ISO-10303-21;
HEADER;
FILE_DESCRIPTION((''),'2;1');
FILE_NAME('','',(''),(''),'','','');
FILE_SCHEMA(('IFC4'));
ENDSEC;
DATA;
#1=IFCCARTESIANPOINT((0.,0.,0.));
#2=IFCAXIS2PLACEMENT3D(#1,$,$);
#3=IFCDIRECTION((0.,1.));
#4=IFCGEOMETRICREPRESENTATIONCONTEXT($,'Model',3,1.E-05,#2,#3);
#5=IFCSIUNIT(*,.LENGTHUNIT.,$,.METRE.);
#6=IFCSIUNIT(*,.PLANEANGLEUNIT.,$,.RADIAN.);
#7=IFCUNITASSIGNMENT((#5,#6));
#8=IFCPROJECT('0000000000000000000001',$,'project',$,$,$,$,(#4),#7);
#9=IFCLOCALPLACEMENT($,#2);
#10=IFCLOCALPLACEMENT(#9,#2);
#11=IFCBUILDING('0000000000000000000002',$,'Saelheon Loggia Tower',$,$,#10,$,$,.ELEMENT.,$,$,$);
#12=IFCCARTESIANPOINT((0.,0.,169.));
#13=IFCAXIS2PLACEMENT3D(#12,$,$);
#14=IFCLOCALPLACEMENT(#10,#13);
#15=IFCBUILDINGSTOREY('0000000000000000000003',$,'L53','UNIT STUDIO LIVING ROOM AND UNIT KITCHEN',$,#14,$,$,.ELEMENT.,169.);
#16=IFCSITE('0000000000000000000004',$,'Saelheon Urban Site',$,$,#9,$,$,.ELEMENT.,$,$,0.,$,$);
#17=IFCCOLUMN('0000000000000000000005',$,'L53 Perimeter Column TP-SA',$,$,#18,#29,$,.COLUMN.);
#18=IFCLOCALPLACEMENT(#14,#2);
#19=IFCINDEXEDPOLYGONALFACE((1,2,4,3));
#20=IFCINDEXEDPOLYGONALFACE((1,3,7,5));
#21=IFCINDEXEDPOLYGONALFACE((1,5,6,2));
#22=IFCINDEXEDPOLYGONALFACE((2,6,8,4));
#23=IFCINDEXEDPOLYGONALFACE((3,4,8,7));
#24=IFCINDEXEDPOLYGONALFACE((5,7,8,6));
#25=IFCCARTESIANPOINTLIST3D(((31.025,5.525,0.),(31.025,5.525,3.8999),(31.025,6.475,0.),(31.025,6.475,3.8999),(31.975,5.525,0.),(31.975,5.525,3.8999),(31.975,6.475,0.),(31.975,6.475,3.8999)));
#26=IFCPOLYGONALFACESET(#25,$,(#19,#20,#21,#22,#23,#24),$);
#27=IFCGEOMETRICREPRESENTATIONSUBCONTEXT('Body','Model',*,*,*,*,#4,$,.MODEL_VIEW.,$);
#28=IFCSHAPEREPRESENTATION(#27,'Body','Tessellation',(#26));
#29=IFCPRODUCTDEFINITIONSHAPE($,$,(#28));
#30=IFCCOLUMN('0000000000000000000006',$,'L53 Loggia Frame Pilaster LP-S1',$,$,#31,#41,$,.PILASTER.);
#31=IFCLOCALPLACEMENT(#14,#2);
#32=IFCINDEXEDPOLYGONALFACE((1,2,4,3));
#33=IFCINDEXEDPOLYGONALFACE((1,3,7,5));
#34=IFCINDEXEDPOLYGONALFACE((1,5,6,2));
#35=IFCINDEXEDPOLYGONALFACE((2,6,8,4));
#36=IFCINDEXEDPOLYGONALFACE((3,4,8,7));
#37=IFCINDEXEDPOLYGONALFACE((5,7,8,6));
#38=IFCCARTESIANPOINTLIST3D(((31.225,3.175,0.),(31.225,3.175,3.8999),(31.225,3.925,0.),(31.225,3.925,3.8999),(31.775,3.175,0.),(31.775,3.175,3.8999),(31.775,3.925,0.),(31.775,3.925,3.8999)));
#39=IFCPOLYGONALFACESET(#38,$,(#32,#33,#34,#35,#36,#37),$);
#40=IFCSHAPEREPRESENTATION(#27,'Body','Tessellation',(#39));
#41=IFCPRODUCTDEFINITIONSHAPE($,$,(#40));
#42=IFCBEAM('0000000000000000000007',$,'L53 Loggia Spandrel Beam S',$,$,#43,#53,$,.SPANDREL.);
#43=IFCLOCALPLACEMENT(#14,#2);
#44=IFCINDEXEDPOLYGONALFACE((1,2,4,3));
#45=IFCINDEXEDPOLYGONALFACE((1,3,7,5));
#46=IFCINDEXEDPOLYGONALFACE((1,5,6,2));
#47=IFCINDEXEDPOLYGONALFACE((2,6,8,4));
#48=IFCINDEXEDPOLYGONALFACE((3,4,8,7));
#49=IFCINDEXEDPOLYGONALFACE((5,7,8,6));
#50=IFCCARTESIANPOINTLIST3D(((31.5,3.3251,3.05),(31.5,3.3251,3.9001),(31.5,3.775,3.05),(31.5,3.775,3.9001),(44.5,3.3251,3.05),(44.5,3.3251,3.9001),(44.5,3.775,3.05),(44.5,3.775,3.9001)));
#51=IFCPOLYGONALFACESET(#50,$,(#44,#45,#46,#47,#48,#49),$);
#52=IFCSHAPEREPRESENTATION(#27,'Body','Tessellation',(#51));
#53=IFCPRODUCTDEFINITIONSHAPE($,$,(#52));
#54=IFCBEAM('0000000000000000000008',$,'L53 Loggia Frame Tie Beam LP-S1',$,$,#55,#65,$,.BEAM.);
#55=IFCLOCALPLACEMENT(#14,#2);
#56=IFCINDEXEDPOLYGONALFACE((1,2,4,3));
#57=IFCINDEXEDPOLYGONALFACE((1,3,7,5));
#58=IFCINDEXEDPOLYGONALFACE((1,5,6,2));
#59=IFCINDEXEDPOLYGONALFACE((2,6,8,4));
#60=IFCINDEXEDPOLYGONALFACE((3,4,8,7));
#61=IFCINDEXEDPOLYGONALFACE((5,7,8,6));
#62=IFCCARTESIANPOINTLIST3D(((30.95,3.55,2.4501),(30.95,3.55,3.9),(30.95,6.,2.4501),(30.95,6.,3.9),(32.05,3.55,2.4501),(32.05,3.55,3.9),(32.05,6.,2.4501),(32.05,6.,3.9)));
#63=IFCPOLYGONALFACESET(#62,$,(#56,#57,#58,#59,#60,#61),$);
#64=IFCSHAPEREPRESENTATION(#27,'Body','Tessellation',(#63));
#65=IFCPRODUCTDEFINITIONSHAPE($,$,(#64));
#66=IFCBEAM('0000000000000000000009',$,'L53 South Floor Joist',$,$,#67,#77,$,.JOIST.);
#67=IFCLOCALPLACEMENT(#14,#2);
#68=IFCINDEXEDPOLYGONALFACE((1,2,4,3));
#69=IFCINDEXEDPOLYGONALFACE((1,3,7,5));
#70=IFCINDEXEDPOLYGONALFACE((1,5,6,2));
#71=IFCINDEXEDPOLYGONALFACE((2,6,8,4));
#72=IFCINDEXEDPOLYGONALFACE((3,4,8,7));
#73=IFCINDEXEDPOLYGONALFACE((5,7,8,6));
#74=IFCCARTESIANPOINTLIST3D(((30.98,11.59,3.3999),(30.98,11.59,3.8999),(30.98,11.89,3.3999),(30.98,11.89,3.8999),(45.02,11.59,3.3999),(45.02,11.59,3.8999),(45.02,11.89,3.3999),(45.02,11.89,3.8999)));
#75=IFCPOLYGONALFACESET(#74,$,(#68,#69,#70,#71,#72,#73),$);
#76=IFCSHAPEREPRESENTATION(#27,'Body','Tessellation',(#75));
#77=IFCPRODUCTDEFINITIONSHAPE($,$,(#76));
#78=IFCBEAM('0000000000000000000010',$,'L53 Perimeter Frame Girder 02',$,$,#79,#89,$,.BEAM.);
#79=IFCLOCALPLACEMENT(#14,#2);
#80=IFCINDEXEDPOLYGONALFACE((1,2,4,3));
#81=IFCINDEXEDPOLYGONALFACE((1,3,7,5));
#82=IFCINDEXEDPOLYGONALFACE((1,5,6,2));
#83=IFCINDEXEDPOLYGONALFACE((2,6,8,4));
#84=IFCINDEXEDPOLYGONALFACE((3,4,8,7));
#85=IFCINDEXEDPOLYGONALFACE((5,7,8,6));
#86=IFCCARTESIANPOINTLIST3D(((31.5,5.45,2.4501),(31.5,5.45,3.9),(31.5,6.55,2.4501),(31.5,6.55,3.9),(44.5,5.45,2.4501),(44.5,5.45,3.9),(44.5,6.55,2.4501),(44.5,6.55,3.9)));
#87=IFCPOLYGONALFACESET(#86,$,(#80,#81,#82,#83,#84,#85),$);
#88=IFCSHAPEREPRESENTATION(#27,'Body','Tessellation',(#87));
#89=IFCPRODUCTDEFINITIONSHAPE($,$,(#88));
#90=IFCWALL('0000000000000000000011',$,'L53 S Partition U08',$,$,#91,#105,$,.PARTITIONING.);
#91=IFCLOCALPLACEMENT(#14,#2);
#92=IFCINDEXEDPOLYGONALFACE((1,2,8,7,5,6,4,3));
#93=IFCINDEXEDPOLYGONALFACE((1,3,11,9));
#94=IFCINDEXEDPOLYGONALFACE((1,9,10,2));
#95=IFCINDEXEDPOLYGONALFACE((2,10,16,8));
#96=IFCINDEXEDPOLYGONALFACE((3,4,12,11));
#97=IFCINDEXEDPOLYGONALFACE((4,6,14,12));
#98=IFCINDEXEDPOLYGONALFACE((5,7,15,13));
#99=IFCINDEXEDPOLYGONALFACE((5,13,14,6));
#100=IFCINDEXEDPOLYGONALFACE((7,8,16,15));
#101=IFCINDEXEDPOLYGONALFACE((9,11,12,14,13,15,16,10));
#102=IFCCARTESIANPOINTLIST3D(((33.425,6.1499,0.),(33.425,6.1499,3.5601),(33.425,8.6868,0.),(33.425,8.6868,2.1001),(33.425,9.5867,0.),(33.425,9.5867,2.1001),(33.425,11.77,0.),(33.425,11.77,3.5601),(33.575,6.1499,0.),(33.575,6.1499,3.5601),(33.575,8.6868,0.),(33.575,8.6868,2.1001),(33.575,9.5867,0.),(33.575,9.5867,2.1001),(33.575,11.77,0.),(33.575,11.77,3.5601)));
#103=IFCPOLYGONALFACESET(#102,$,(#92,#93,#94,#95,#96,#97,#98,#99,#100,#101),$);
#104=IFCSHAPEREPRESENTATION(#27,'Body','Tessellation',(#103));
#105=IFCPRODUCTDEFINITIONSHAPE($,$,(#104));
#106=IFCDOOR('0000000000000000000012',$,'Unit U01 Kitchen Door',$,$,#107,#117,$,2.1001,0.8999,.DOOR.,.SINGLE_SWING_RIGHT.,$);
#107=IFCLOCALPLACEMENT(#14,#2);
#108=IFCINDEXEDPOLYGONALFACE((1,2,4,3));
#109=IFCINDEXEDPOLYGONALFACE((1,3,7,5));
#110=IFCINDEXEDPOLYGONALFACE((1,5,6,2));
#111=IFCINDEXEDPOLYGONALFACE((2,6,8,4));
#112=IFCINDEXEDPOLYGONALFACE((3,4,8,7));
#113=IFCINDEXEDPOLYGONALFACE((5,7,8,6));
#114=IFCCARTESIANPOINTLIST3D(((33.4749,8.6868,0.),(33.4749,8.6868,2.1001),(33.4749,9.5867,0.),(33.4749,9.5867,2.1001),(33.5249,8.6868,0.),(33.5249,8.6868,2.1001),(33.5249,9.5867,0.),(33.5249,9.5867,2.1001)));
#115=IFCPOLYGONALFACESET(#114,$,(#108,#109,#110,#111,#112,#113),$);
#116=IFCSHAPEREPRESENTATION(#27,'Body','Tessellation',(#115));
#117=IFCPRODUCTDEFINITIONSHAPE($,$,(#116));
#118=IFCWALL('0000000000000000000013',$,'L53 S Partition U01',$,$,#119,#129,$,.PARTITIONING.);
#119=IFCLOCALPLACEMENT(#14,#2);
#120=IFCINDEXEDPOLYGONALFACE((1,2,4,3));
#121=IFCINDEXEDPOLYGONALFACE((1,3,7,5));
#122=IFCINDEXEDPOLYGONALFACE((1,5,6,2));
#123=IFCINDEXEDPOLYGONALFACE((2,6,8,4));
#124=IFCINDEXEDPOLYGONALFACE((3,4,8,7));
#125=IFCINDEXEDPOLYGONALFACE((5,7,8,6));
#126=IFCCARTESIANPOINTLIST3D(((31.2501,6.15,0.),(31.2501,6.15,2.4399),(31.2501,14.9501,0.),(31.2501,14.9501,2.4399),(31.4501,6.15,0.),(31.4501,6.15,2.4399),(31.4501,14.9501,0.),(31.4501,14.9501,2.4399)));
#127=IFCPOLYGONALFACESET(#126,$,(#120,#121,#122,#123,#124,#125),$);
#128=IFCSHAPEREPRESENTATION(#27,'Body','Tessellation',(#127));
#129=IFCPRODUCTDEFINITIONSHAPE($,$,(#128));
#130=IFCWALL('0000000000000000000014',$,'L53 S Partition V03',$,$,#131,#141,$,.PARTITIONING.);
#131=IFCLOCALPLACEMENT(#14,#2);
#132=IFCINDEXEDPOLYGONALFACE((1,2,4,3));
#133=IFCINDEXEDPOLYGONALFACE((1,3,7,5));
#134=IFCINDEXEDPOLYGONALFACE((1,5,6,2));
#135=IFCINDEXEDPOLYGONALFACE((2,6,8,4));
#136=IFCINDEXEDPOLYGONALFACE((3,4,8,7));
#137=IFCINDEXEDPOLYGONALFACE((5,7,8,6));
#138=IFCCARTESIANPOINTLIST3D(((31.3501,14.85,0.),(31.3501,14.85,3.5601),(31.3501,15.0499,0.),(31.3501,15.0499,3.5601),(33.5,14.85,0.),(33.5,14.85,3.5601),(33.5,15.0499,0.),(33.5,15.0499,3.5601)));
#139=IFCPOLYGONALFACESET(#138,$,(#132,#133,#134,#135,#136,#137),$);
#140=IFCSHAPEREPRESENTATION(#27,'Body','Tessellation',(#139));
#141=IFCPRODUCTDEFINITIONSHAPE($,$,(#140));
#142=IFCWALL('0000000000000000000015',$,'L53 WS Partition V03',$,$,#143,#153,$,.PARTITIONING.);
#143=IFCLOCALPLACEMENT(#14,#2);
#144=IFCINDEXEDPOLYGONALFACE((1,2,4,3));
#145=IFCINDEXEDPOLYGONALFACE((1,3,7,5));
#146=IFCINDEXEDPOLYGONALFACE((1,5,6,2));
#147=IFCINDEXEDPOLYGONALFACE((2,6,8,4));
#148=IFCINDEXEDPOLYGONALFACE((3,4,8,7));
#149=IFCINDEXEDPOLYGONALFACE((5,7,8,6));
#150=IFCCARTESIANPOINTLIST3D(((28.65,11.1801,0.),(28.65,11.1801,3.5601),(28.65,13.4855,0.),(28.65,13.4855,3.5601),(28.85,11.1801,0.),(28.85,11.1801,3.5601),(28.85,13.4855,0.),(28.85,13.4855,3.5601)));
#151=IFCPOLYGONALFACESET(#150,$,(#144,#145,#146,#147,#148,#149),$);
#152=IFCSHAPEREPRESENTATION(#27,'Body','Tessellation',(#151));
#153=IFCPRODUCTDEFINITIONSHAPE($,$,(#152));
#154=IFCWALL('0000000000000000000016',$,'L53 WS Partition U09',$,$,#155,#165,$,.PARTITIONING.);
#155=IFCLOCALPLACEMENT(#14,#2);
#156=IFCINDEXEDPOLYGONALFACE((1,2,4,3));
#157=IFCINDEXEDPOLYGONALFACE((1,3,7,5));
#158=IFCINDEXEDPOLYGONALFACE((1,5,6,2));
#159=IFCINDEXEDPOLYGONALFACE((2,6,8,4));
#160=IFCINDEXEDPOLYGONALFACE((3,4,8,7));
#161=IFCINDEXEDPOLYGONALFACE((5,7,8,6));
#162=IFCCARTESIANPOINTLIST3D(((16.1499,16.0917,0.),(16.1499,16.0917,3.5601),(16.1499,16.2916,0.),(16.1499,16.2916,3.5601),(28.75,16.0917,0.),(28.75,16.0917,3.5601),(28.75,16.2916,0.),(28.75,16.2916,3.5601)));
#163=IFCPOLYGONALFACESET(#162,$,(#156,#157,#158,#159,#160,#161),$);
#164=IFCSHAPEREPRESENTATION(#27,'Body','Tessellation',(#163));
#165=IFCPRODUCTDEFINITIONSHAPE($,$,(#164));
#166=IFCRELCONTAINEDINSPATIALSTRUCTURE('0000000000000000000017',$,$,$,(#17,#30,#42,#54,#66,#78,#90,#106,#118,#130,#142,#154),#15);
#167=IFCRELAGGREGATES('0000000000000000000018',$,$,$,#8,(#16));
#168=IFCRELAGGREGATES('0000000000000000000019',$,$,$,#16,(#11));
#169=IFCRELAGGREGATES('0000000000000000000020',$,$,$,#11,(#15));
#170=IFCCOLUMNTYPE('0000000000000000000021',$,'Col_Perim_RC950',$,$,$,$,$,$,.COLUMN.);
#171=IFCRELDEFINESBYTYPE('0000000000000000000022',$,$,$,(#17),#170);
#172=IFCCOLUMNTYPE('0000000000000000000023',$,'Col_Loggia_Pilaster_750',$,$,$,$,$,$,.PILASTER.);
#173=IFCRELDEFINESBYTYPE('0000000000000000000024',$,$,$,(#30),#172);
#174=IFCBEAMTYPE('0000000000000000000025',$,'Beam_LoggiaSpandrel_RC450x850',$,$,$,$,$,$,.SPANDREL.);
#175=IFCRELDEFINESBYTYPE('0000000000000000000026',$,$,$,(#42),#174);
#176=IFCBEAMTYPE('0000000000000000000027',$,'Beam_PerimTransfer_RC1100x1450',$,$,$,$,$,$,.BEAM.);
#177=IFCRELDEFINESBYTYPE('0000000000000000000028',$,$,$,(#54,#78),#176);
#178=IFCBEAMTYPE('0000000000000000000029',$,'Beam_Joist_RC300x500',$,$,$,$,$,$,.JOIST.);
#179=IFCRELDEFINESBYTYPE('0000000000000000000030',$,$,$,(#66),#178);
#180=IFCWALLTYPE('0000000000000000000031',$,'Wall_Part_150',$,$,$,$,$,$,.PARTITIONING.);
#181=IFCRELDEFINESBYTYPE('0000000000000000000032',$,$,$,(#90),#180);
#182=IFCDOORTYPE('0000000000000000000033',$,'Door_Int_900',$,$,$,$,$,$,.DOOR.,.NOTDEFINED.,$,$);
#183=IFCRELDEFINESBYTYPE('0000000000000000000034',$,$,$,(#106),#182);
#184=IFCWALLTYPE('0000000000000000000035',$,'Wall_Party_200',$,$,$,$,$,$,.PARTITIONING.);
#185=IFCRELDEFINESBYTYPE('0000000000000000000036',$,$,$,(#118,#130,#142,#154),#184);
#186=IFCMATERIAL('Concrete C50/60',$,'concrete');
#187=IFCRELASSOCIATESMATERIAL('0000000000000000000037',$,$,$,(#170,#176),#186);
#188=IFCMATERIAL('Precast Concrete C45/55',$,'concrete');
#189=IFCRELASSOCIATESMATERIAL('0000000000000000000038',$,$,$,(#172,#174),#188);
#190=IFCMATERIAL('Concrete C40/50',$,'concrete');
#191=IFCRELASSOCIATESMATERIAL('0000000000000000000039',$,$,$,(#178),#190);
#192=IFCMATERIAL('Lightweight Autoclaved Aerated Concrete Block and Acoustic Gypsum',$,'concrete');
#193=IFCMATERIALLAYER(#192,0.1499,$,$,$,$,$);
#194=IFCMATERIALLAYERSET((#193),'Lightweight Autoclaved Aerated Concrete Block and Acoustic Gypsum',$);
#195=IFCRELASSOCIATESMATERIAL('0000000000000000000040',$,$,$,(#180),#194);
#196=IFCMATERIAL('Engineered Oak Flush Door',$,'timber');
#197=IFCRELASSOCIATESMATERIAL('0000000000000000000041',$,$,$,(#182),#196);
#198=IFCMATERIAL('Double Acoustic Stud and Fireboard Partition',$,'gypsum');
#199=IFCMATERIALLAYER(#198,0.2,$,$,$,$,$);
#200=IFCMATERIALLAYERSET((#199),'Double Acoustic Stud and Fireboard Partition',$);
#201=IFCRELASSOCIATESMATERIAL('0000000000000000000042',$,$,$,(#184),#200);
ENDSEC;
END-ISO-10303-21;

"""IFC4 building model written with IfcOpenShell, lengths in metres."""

from ifc_helpers import new_model, si_unit, direction, frame, frame_2d, origin, origin_2d, place, context, subcontext, project, spatial, rectangle, extrude, source, transform, mapped, material, layer, layer_set, material_profile, profile_set, type_object, element, fill, save


model = new_model("IFC4")

# Units and contexts
model_context = context("Model", 3, precision=1e-05, world=origin(), true_north=direction((0.0, 1.0)))
body_context = subcontext(model_context, "Body", "Model", "MODEL_VIEW")
ifc_project = project(units=[si_unit("LENGTHUNIT", "METRE"), si_unit("PLANEANGLEUNIT", "RADIAN")], contexts=[model_context])

# Site, building, storey
site_placement = place(None, origin())
site = spatial("IfcSite", under=ifc_project, at=site_placement, Name="Saelheon Urban Site", CompositionType="ELEMENT", RefElevation=0.0)
building_placement = place(site_placement, origin())
building = spatial("IfcBuilding", under=site, at=building_placement, Name="Saelheon Loggia Tower", CompositionType="ELEMENT")
storey_placement = place(building_placement, frame((0.0, 0.0, 169.0)))
storey = spatial("IfcBuildingStorey", under=building, at=storey_placement, Name="L53", Description="UNIT STUDIO LIVING ROOM AND UNIT KITCHEN", CompositionType="ELEMENT", Elevation=169.0)

# Columns
ifc_material_1 = material(Name="Concrete C50/60", Category="concrete")
ifc_material_profile_1 = material_profile(ifc_material_1, rectangle(XDim=0.95, YDim=0.95, at=origin_2d()), Name="RC-950x950")
ifc_profile_set_1 = profile_set([ifc_material_profile_1], Name="Concrete C50/60")
column_type_1 = type_object("IfcColumnType", Name="Col_Perim_RC950", PredefinedType="COLUMN", material=ifc_profile_set_1)
shared_shape_1 = source(origin(), body_context, "Body", "SweptSolid", [
    extrude(rectangle(XDim=0.95, YDim=0.95, at=origin_2d()), origin(), (0.0, 0.0, 1.0), 3.8999),
])
column_1_placement = place(storey_placement, frame((31.5, 6.0, 0.0), z_axis=(0.0, 0.0, 1.0), x_axis=(1.0, 0.0, 0.0)))
element("IfcColumn", 1, at=column_1_placement, inside=storey, type_object=column_type_1, Name="L53 Perimeter Column TP-SA", PredefinedType="COLUMN", context=body_context, shape_type="MappedRepresentation", body=[
    mapped(shared_shape_1, transform((0.0, 0.0, 0.0), scale=1.0)),
])
ifc_material_2 = material(Name="Precast Concrete C45/55", Category="concrete")
ifc_material_profile_2 = material_profile(ifc_material_2, rectangle(XDim=0.55, YDim=0.75, at=origin_2d()), Name="RC-550x750")
ifc_profile_set_2 = profile_set([ifc_material_profile_2], Name="Precast Concrete C45/55")
column_type_2 = type_object("IfcColumnType", Name="Col_Loggia_Pilaster_750", PredefinedType="PILASTER", material=ifc_profile_set_2)
shared_shape_2 = source(origin(), body_context, "Body", "SweptSolid", [
    extrude(rectangle(XDim=0.55, YDim=0.75, at=origin_2d()), origin(), (0.0, 0.0, 1.0), 3.8999),
])
column_2_placement = place(storey_placement, frame((31.5, 3.55, 0.0), z_axis=(0.0, 0.0, 1.0), x_axis=(1.0, 0.0, 0.0)))
element("IfcColumn", 2, at=column_2_placement, inside=storey, type_object=column_type_2, Name="L53 Loggia Frame Pilaster LP-S1", PredefinedType="PILASTER", context=body_context, shape_type="MappedRepresentation", body=[
    mapped(shared_shape_2, transform((0.0, 0.0, 0.0), scale=1.0)),
])

# Beams
ifc_material_profile_3 = material_profile(ifc_material_2, rectangle(XDim=0.45, YDim=0.8501, at=origin_2d()), Name="RC-450x850")
ifc_profile_set_3 = profile_set([ifc_material_profile_3], Name="Precast Concrete C45/55")
beam_type_1 = type_object("IfcBeamType", Name="Beam_LoggiaSpandrel_RC450x850", PredefinedType="SPANDREL", material=ifc_profile_set_3)
shared_shape_3 = source(origin(), body_context, "Body", "SweptSolid", [
    extrude(rectangle(XDim=0.45, YDim=0.8501, at=origin_2d()), origin(), (0.0, 0.0, 1.0), 13.0),
])
beam_1_placement = place(storey_placement, frame((31.5, 3.55, 3.4751), z_axis=(1.0, 0.0, 0.0), x_axis=(0.0, 1.0, 0.0)))
element("IfcBeam", 3, at=beam_1_placement, inside=storey, type_object=beam_type_1, Name="L53 Loggia Spandrel Beam S", PredefinedType="SPANDREL", context=body_context, shape_type="MappedRepresentation", body=[
    mapped(shared_shape_3, transform((0.0, 0.0, 0.0), scale=1.0)),
])
ifc_material_profile_4 = material_profile(ifc_material_1, rectangle(XDim=1.1001, YDim=1.45, at=origin_2d()), Name="RC-1100x1450")
ifc_profile_set_4 = profile_set([ifc_material_profile_4], Name="Concrete C50/60")
beam_type_2 = type_object("IfcBeamType", Name="Beam_PerimTransfer_RC1100x1450", PredefinedType="BEAM", material=ifc_profile_set_4)
shared_shape_4 = source(origin(), body_context, "Body", "SweptSolid", [
    extrude(rectangle(XDim=1.1001, YDim=1.45, at=origin_2d()), origin(), (0.0, 0.0, 1.0), 2.45),
])
beam_2_placement = place(storey_placement, frame((31.5, 6.0, 3.175), z_axis=(0.0, -1.0, 0.0), x_axis=(1.0, 0.0, 0.0)))
element("IfcBeam", 4, at=beam_2_placement, inside=storey, type_object=beam_type_2, Name="L53 Loggia Frame Tie Beam LP-S1", PredefinedType="BEAM", context=body_context, shape_type="MappedRepresentation", body=[
    mapped(shared_shape_4, transform((0.0, 0.0, 0.0), scale=1.0)),
])
ifc_material_3 = material(Name="Concrete C40/50", Category="concrete")
ifc_material_profile_5 = material_profile(ifc_material_3, rectangle(XDim=0.3, YDim=0.5, at=origin_2d()), Name="RC-300x500")
ifc_profile_set_5 = profile_set([ifc_material_profile_5], Name="Concrete C40/50")
beam_type_3 = type_object("IfcBeamType", Name="Beam_Joist_RC300x500", PredefinedType="JOIST", material=ifc_profile_set_5)
shared_shape_5 = source(origin(), body_context, "Body", "SweptSolid", [
    extrude(rectangle(XDim=0.3, YDim=0.5, at=origin_2d()), origin(), (0.0, 0.0, 1.0), 14.04),
])
beam_3_placement = place(storey_placement, frame((30.98, 11.74, 3.6499), z_axis=(1.0, 0.0, 0.0), x_axis=(0.0, 1.0, 0.0)))
element("IfcBeam", 5, at=beam_3_placement, inside=storey, type_object=beam_type_3, Name="L53 South Floor Joist", PredefinedType="JOIST", context=body_context, shape_type="MappedRepresentation", body=[
    mapped(shared_shape_5, transform((0.0, 0.0, 0.0), scale=1.0)),
])
shared_shape_6 = source(origin(), body_context, "Body", "SweptSolid", [
    extrude(rectangle(XDim=1.1001, YDim=1.45, at=origin_2d()), origin(), (0.0, 0.0, 1.0), 13.0),
])
beam_4_placement = place(storey_placement, frame((31.5, 6.0, 3.175), z_axis=(1.0, 0.0, 0.0), x_axis=(0.0, 1.0, 0.0)))
element("IfcBeam", 6, at=beam_4_placement, inside=storey, type_object=beam_type_2, Name="L53 Perimeter Frame Girder 02", PredefinedType="BEAM", context=body_context, shape_type="MappedRepresentation", body=[
    mapped(shared_shape_6, transform((0.0, 0.0, 0.0), scale=1.0)),
])

# Wall, opening, door
ifc_material_4 = material(Name="Lightweight Autoclaved Aerated Concrete Block and Acoustic Gypsum", Category="concrete")
ifc_layer_1 = layer(ifc_material_4, 0.1499)
ifc_layer_set_1 = layer_set([ifc_layer_1], Name="Lightweight Autoclaved Aerated Concrete Block and Acoustic Gypsum")
wall_type_1 = type_object("IfcWallType", Name="Wall_Part_150", PredefinedType="PARTITIONING", material=ifc_layer_set_1)
wall_1_placement = place(storey_placement, frame((33.5, 11.77, 0.0), z_axis=(0.0, 0.0, 1.0), x_axis=(0.0, -1.0, 0.0)))
wall_1 = element("IfcWall", 7, at=wall_1_placement, inside=storey, type_object=wall_type_1, Name="L53 S Partition U08", PredefinedType="PARTITIONING", context=body_context, shape_type="SweptSolid", body=[
    extrude(rectangle(XDim=5.6201, YDim=0.1499, at=frame_2d((2.8101, 0.0))), origin(), (0.0, 0.0, 1.0), 3.5601),
])
opening_1_placement = place(wall_1_placement, frame((2.1833, 0.0, 0.0)))
opening_1 = element("IfcOpeningElement", 8, at=opening_1_placement, cuts=wall_1, PredefinedType="OPENING", context=body_context, shape_type="SweptSolid", body=[
    extrude(rectangle(XDim=0.8999, YDim=2.1001, at=frame_2d((0.45, 1.05))), frame((0.0, 0.0869, 0.0), z_axis=(0.0, -1.0, 0.0), x_axis=(1.0, 0.0, 0.0)), (0.0, 0.0, 1.0), 0.1738),
])
ifc_material_5 = material(Name="Engineered Oak Flush Door", Category="timber")
door_type_1 = type_object("IfcDoorType", Name="Door_Int_900", OperationType="NOTDEFINED", PredefinedType="DOOR", material=ifc_material_5)
shared_shape_7 = source(origin(), body_context, "Body", "SweptSolid", [
    extrude(rectangle(XDim=0.8999, YDim=2.1001, at=frame_2d((0.45, 1.05))), frame((0.0, 0.0249, 0.0), z_axis=(0.0, -1.0, 0.0), x_axis=(1.0, 0.0, 0.0)), (0.0, 0.0, 1.0), 0.05),
])
door_1_placement = place(opening_1_placement, origin())
door_1 = element("IfcDoor", 9, at=door_1_placement, inside=storey, type_object=door_type_1, Name="Unit U01 Kitchen Door", OperationType="SINGLE_SWING_RIGHT", OverallHeight=2.1001, OverallWidth=0.8999, PredefinedType="DOOR", context=body_context, shape_type="MappedRepresentation", body=[
    mapped(shared_shape_7, transform((0.0, 0.0, 0.0), scale=1.0)),
])
fill(opening_1, door_1)

# Walls
ifc_material_6 = material(Name="Double Acoustic Stud and Fireboard Partition", Category="gypsum")
ifc_layer_2 = layer(ifc_material_6, 0.2)
ifc_layer_set_2 = layer_set([ifc_layer_2], Name="Double Acoustic Stud and Fireboard Partition")
wall_type_2 = type_object("IfcWallType", Name="Wall_Party_200", PredefinedType="PARTITIONING", material=ifc_layer_set_2)
wall_2_placement = place(storey_placement, frame((31.3501, 14.95, 0.0), z_axis=(0.0, 0.0, 1.0), x_axis=(0.0, -1.0, 0.0)))
element("IfcWall", 10, at=wall_2_placement, inside=storey, type_object=wall_type_2, Name="L53 S Partition U01", PredefinedType="PARTITIONING", context=body_context, shape_type="SweptSolid", body=[
    extrude(rectangle(XDim=8.8, YDim=0.2, at=frame_2d((4.3999, 0.0))), origin(), (0.0, 0.0, 1.0), 2.4399),
])
wall_3_placement = place(storey_placement, frame((31.3501, 14.95, 0.0), z_axis=(0.0, 0.0, 1.0), x_axis=(1.0, 0.0, 0.0)))
element("IfcWall", 11, at=wall_3_placement, inside=storey, type_object=wall_type_2, Name="L53 S Partition V03", PredefinedType="PARTITIONING", context=body_context, shape_type="SweptSolid", body=[
    extrude(rectangle(XDim=2.1499, YDim=0.2, at=frame_2d((1.075, 0.0))), origin(), (0.0, 0.0, 1.0), 3.5601),
])

# Wall
wall_4_placement = place(storey_placement, frame((28.75, 11.1799, 0.0), z_axis=(0.0, 0.0, 1.0), x_axis=(0.0, 1.0, 0.0)))
element("IfcWall", 12, at=wall_4_placement, inside=storey, type_object=wall_type_2, Name="L53 WS Partition V03", PredefinedType="PARTITIONING", context=body_context, shape_type="SweptSolid", body=[
    extrude(rectangle(XDim=2.3054, YDim=0.2, at=frame_2d((1.1528, 0.0))), origin(), (0.0, 0.0, 1.0), 3.5601),
])

# Wall
wall_5_placement = place(storey_placement, frame((28.75, 16.1917, 0.0), z_axis=(0.0, 0.0, 1.0), x_axis=(-1.0, 0.0, 0.0)))
element("IfcWall", 13, at=wall_5_placement, inside=storey, type_object=wall_type_2, Name="L53 WS Partition U09", PredefinedType="PARTITIONING", context=body_context, shape_type="SweptSolid", body=[
    extrude(rectangle(XDim=12.6001, YDim=0.2, at=frame_2d((6.3, 0.0))), origin(), (0.0, 0.0, 1.0), 3.5601),
])

save(model, "model.ifc")
